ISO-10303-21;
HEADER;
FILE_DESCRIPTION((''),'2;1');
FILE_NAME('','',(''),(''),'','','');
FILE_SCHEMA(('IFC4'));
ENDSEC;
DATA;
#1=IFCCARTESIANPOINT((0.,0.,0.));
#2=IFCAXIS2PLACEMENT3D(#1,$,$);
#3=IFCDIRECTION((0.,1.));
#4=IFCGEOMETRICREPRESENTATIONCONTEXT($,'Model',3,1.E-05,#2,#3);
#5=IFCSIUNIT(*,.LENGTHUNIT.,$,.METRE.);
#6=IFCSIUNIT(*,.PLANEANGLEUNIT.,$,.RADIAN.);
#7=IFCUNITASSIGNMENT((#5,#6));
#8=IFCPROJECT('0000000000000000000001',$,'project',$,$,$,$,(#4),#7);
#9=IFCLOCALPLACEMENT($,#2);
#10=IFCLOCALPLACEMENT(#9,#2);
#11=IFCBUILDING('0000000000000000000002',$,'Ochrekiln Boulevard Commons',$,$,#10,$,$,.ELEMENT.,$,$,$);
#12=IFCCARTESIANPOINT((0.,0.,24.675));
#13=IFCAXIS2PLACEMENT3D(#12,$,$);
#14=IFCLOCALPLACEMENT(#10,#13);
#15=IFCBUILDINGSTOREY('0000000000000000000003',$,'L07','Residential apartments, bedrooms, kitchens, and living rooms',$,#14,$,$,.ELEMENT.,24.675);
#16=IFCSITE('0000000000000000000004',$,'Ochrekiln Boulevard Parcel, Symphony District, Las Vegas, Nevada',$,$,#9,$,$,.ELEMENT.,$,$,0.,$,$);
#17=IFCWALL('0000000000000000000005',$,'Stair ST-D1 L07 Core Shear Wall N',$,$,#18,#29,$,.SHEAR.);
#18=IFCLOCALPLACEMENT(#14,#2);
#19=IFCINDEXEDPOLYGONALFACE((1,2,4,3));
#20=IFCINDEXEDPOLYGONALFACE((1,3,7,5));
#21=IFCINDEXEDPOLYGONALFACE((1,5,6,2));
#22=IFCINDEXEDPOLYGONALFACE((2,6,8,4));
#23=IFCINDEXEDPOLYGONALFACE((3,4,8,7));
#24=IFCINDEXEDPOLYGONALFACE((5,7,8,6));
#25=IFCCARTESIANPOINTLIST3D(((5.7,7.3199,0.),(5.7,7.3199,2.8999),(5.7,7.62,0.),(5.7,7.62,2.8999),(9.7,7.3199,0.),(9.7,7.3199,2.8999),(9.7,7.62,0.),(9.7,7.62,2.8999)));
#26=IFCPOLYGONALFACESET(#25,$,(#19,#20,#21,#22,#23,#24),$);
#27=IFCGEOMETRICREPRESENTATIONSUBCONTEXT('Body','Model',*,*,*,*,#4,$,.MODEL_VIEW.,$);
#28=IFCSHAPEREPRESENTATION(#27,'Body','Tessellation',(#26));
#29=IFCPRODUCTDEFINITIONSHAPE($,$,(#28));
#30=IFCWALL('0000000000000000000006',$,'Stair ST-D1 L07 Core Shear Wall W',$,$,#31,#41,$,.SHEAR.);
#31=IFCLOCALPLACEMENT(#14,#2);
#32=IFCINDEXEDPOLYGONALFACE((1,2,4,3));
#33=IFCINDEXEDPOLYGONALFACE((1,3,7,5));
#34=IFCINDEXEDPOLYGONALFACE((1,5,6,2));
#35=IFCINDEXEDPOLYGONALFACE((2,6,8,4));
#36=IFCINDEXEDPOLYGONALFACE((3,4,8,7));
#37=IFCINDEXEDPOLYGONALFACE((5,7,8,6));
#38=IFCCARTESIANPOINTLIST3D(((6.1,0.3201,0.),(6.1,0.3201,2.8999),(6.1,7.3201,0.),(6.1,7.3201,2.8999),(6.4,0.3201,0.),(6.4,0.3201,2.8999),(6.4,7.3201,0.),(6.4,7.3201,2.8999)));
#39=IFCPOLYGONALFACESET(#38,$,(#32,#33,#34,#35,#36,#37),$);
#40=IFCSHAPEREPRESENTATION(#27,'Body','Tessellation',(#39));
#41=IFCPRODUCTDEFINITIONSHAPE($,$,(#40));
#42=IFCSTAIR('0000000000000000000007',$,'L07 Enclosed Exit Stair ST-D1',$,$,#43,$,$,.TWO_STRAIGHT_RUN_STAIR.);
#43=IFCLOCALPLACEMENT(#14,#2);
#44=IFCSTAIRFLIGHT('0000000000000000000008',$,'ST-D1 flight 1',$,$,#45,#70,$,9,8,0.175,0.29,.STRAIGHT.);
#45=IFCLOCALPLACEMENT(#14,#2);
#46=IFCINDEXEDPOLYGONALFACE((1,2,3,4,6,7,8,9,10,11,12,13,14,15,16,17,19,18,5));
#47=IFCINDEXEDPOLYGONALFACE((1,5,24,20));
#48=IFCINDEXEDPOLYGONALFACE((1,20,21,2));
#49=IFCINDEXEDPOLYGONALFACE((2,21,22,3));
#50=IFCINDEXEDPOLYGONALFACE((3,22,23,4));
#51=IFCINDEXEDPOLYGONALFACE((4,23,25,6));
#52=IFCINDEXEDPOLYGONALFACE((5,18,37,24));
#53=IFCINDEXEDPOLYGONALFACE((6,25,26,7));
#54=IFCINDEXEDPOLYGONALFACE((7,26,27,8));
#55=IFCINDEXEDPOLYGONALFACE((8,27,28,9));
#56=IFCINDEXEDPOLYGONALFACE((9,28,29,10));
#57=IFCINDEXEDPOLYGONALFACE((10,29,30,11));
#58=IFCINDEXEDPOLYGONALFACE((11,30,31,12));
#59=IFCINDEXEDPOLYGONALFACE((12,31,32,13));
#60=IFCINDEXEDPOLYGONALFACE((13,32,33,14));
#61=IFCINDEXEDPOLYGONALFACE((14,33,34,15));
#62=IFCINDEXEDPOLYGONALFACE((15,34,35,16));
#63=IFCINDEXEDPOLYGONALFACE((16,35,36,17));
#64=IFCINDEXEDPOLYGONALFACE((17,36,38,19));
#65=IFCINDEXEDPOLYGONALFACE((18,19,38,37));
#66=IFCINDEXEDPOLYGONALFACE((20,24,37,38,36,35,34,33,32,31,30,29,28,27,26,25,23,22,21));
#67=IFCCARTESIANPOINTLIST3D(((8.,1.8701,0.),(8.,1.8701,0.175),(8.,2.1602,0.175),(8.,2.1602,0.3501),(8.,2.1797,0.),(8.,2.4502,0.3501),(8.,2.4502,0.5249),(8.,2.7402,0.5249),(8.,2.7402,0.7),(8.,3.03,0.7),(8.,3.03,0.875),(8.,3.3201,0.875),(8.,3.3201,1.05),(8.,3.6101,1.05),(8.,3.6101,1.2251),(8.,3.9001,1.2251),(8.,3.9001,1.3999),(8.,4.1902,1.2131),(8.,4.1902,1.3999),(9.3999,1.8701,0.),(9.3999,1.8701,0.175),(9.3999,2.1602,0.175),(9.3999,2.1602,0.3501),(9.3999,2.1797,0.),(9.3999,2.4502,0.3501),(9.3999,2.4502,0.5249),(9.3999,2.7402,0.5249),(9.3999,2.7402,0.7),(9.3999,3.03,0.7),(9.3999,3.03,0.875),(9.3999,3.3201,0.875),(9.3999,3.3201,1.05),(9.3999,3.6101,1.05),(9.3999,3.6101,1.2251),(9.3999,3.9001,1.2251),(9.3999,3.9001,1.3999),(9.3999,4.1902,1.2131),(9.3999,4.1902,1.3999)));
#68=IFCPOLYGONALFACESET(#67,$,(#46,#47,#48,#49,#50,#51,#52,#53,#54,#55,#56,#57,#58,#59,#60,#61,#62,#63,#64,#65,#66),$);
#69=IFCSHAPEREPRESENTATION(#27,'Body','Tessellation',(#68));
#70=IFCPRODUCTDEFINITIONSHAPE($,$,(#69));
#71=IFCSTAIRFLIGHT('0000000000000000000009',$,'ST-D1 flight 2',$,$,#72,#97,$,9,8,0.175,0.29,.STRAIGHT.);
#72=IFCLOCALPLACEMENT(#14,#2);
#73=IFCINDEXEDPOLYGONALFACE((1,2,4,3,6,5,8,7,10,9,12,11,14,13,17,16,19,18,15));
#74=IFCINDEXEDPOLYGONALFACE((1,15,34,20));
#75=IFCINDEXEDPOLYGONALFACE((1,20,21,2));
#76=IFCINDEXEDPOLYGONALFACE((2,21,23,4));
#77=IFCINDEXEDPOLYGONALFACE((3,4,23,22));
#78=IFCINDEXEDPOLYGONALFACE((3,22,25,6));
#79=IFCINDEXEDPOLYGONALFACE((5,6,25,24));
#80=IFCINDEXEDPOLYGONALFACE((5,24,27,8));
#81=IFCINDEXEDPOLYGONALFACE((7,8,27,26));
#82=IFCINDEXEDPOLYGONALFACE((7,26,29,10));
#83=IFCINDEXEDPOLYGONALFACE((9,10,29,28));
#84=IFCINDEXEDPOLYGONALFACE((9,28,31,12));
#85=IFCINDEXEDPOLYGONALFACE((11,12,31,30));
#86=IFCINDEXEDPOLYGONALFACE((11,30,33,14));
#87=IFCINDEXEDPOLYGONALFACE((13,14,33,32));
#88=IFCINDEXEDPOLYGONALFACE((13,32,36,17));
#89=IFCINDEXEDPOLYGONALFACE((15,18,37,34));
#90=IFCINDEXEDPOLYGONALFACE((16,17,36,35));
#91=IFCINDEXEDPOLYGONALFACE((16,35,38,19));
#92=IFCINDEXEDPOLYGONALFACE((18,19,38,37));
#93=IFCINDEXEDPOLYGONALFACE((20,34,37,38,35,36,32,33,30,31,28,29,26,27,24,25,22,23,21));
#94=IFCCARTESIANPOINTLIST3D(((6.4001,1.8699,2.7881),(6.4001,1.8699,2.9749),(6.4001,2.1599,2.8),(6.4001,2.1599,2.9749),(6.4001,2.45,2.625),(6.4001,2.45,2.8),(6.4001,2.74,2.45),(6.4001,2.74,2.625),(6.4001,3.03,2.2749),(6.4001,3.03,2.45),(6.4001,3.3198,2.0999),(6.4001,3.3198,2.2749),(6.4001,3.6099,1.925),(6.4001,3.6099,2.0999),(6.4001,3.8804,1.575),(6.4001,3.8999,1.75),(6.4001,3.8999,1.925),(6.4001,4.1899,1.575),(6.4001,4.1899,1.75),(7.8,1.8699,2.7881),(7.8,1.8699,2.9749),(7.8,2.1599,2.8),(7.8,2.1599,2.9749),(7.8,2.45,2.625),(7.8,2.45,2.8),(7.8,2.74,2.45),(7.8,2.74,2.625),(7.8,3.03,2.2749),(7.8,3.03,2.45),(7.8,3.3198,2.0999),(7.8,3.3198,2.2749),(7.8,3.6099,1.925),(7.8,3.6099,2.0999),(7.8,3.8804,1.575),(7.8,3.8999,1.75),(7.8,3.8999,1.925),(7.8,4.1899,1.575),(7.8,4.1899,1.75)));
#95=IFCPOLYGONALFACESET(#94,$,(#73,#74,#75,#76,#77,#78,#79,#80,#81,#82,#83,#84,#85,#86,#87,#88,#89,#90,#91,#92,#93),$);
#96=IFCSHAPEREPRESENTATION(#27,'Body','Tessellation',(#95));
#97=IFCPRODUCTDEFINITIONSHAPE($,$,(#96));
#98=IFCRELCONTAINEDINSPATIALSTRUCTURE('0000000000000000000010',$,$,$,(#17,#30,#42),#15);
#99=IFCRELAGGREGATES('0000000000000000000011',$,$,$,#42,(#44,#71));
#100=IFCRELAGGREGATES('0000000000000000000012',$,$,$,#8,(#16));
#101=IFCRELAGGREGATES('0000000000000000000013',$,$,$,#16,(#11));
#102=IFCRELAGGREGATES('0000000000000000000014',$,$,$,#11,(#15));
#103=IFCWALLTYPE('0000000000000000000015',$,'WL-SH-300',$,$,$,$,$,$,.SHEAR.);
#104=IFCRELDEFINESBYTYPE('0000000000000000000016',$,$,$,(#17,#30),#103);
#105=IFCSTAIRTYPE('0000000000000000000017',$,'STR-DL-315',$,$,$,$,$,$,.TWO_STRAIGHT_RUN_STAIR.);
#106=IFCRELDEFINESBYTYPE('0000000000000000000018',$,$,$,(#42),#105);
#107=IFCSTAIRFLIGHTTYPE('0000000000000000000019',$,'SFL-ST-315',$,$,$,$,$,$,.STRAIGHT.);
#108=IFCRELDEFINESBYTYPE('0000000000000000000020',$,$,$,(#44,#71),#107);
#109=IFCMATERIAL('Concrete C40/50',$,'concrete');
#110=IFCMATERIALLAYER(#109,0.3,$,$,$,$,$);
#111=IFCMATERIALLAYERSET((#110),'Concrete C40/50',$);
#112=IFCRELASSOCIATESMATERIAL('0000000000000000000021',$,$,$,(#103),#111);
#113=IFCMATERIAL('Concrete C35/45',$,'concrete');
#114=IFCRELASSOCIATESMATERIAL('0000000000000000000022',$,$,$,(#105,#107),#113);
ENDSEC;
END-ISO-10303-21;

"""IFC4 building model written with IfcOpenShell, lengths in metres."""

from ifc_helpers import new_model, si_unit, direction, frame, frame_2d, origin, place, context, subcontext, project, spatial, polyline, rectangle, outline, extrude, material, layer, layer_set, type_object, element, aggregate, save


model = new_model("IFC4")

# Units and contexts
model_context = context("Model", 3, precision=1e-05, world=origin(), true_north=direction((0.0, 1.0)))
body_context = subcontext(model_context, "Body", "Model", "MODEL_VIEW")
ifc_project = project(units=[si_unit("LENGTHUNIT", "METRE"), si_unit("PLANEANGLEUNIT", "RADIAN")], contexts=[model_context])

# Site, building, storey
site_placement = place(None, origin())
site = spatial("IfcSite", under=ifc_project, at=site_placement, Name="Ochrekiln Boulevard Parcel, Symphony District, Las Vegas, Nevada", CompositionType="ELEMENT", RefElevation=0.0)
building_placement = place(site_placement, origin())
building = spatial("IfcBuilding", under=site, at=building_placement, Name="Ochrekiln Boulevard Commons", CompositionType="ELEMENT")
storey_placement = place(building_placement, frame((0.0, 0.0, 24.675)))
storey = spatial("IfcBuildingStorey", under=building, at=storey_placement, Name="L07", Description="Residential apartments, bedrooms, kitchens, and living rooms", CompositionType="ELEMENT", Elevation=24.675)

# Shared definitions
ifc_material_1 = material(Name="Concrete C40/50", Category="concrete")

# Shared definitions
ifc_material_2 = material(Name="Concrete C35/45", Category="concrete")

# Walls
ifc_layer_1 = layer(ifc_material_1, 0.3)
ifc_layer_set_1 = layer_set([ifc_layer_1], Name="Concrete C40/50")
wall_type_1 = type_object("IfcWallType", Name="WL-SH-300", PredefinedType="SHEAR", material=ifc_layer_set_1)
wall_1_placement = place(storey_placement, frame((5.7, 7.47, 0.0), z_axis=(0.0, 0.0, 1.0), x_axis=(1.0, 0.0, 0.0)))
element("IfcWall", 1, at=wall_1_placement, inside=storey, type_object=wall_type_1, Name="Stair ST-D1 L07 Core Shear Wall N", PredefinedType="SHEAR", context=body_context, shape_type="SweptSolid", body=[
    extrude(rectangle(XDim=4.0, YDim=0.3, at=frame_2d((2.0, 0.0))), origin(), (0.0, 0.0, 1.0), 2.8999),
])
wall_2_placement = place(storey_placement, frame((6.25, 0.3201, 0.0), z_axis=(0.0, 0.0, 1.0), x_axis=(0.0, 1.0, 0.0)))
element("IfcWall", 2, at=wall_2_placement, inside=storey, type_object=wall_type_1, Name="Stair ST-D1 L07 Core Shear Wall W", PredefinedType="SHEAR", context=body_context, shape_type="SweptSolid", body=[
    extrude(rectangle(XDim=7.0, YDim=0.3, at=frame_2d((3.5, 0.0))), origin(), (0.0, 0.0, 1.0), 2.8999),
])

# Stair, stair flights
stair_type = type_object("IfcStairType", Name="STR-DL-315", PredefinedType="TWO_STRAIGHT_RUN_STAIR", material=ifc_material_2)
stair_placement = place(storey_placement, origin())
stair = element("IfcStair", 3, at=stair_placement, inside=storey, type_object=stair_type, Name="L07 Enclosed Exit Stair ST-D1", PredefinedType="TWO_STRAIGHT_RUN_STAIR")
stair_flight_type = type_object("IfcStairFlightType", Name="SFL-ST-315", PredefinedType="STRAIGHT", material=ifc_material_2)
stair_flight_1_placement = place(storey_placement, frame((8.7, 1.8701, 0.0), z_axis=(0.0, 0.0, 1.0), x_axis=(0.0, 1.0, 0.0)))
stair_flight_1 = element("IfcStairFlight", 4, at=stair_flight_1_placement, type_object=stair_flight_type, Name="ST-D1 flight 1", NumberOfRisers=9, NumberOfTreads=8, PredefinedType="STRAIGHT", RiserHeight=0.175, TreadLength=0.29, context=body_context, shape_type="SweptSolid", body=[
    extrude(outline(polyline([(0.0, 0.0), (0.0, 0.175), (0.29, 0.175), (0.29, 0.3501), (0.5801, 0.3501), (0.5801, 0.5249), (0.8701, 0.5249), (0.8701, 0.7), (1.1599, 0.7), (1.1599, 0.875), (1.45, 0.875), (1.45, 1.05), (1.74, 1.05), (1.74, 1.2251), (2.03, 1.2251), (2.03, 1.3999), (2.3201, 1.3999), (2.3201, 1.575), (2.3201, 1.2131), (0.3096, 0.0), (0.0, 0.0)])), frame((0.0, 0.7, 0.0), z_axis=(0.0, -1.0, 0.0), x_axis=(1.0, 0.0, 0.0)), (0.0, 0.0, 1.0), 1.3999),
])
stair_flight_2_placement = place(storey_placement, frame((7.1001, 4.1899, 1.575), z_axis=(0.0, 0.0, 1.0), x_axis=(0.0, -1.0, 0.0)))
stair_flight_2 = element("IfcStairFlight", 5, at=stair_flight_2_placement, type_object=stair_flight_type, Name="ST-D1 flight 2", NumberOfRisers=9, NumberOfTreads=8, PredefinedType="STRAIGHT", RiserHeight=0.175, TreadLength=0.29, context=body_context, shape_type="SweptSolid", body=[
    extrude(outline(polyline([(0.0, 0.0), (0.0, 0.175), (0.29, 0.175), (0.29, 0.3501), (0.5801, 0.3501), (0.5801, 0.5249), (0.8701, 0.5249), (0.8701, 0.7), (1.1599, 0.7), (1.1599, 0.875), (1.45, 0.875), (1.45, 1.05), (1.74, 1.05), (1.74, 1.2251), (2.03, 1.2251), (2.03, 1.3999), (2.3201, 1.3999), (2.3201, 1.575), (2.3201, 1.2131), (0.3096, 0.0), (0.0, 0.0)])), frame((0.0, 0.7, 0.0), z_axis=(0.0, -1.0, 0.0), x_axis=(1.0, 0.0, 0.0)), (0.0, 0.0, 1.0), 1.3999),
])
aggregate(stair, [stair_flight_1, stair_flight_2])

save(model, "model.ifc")
